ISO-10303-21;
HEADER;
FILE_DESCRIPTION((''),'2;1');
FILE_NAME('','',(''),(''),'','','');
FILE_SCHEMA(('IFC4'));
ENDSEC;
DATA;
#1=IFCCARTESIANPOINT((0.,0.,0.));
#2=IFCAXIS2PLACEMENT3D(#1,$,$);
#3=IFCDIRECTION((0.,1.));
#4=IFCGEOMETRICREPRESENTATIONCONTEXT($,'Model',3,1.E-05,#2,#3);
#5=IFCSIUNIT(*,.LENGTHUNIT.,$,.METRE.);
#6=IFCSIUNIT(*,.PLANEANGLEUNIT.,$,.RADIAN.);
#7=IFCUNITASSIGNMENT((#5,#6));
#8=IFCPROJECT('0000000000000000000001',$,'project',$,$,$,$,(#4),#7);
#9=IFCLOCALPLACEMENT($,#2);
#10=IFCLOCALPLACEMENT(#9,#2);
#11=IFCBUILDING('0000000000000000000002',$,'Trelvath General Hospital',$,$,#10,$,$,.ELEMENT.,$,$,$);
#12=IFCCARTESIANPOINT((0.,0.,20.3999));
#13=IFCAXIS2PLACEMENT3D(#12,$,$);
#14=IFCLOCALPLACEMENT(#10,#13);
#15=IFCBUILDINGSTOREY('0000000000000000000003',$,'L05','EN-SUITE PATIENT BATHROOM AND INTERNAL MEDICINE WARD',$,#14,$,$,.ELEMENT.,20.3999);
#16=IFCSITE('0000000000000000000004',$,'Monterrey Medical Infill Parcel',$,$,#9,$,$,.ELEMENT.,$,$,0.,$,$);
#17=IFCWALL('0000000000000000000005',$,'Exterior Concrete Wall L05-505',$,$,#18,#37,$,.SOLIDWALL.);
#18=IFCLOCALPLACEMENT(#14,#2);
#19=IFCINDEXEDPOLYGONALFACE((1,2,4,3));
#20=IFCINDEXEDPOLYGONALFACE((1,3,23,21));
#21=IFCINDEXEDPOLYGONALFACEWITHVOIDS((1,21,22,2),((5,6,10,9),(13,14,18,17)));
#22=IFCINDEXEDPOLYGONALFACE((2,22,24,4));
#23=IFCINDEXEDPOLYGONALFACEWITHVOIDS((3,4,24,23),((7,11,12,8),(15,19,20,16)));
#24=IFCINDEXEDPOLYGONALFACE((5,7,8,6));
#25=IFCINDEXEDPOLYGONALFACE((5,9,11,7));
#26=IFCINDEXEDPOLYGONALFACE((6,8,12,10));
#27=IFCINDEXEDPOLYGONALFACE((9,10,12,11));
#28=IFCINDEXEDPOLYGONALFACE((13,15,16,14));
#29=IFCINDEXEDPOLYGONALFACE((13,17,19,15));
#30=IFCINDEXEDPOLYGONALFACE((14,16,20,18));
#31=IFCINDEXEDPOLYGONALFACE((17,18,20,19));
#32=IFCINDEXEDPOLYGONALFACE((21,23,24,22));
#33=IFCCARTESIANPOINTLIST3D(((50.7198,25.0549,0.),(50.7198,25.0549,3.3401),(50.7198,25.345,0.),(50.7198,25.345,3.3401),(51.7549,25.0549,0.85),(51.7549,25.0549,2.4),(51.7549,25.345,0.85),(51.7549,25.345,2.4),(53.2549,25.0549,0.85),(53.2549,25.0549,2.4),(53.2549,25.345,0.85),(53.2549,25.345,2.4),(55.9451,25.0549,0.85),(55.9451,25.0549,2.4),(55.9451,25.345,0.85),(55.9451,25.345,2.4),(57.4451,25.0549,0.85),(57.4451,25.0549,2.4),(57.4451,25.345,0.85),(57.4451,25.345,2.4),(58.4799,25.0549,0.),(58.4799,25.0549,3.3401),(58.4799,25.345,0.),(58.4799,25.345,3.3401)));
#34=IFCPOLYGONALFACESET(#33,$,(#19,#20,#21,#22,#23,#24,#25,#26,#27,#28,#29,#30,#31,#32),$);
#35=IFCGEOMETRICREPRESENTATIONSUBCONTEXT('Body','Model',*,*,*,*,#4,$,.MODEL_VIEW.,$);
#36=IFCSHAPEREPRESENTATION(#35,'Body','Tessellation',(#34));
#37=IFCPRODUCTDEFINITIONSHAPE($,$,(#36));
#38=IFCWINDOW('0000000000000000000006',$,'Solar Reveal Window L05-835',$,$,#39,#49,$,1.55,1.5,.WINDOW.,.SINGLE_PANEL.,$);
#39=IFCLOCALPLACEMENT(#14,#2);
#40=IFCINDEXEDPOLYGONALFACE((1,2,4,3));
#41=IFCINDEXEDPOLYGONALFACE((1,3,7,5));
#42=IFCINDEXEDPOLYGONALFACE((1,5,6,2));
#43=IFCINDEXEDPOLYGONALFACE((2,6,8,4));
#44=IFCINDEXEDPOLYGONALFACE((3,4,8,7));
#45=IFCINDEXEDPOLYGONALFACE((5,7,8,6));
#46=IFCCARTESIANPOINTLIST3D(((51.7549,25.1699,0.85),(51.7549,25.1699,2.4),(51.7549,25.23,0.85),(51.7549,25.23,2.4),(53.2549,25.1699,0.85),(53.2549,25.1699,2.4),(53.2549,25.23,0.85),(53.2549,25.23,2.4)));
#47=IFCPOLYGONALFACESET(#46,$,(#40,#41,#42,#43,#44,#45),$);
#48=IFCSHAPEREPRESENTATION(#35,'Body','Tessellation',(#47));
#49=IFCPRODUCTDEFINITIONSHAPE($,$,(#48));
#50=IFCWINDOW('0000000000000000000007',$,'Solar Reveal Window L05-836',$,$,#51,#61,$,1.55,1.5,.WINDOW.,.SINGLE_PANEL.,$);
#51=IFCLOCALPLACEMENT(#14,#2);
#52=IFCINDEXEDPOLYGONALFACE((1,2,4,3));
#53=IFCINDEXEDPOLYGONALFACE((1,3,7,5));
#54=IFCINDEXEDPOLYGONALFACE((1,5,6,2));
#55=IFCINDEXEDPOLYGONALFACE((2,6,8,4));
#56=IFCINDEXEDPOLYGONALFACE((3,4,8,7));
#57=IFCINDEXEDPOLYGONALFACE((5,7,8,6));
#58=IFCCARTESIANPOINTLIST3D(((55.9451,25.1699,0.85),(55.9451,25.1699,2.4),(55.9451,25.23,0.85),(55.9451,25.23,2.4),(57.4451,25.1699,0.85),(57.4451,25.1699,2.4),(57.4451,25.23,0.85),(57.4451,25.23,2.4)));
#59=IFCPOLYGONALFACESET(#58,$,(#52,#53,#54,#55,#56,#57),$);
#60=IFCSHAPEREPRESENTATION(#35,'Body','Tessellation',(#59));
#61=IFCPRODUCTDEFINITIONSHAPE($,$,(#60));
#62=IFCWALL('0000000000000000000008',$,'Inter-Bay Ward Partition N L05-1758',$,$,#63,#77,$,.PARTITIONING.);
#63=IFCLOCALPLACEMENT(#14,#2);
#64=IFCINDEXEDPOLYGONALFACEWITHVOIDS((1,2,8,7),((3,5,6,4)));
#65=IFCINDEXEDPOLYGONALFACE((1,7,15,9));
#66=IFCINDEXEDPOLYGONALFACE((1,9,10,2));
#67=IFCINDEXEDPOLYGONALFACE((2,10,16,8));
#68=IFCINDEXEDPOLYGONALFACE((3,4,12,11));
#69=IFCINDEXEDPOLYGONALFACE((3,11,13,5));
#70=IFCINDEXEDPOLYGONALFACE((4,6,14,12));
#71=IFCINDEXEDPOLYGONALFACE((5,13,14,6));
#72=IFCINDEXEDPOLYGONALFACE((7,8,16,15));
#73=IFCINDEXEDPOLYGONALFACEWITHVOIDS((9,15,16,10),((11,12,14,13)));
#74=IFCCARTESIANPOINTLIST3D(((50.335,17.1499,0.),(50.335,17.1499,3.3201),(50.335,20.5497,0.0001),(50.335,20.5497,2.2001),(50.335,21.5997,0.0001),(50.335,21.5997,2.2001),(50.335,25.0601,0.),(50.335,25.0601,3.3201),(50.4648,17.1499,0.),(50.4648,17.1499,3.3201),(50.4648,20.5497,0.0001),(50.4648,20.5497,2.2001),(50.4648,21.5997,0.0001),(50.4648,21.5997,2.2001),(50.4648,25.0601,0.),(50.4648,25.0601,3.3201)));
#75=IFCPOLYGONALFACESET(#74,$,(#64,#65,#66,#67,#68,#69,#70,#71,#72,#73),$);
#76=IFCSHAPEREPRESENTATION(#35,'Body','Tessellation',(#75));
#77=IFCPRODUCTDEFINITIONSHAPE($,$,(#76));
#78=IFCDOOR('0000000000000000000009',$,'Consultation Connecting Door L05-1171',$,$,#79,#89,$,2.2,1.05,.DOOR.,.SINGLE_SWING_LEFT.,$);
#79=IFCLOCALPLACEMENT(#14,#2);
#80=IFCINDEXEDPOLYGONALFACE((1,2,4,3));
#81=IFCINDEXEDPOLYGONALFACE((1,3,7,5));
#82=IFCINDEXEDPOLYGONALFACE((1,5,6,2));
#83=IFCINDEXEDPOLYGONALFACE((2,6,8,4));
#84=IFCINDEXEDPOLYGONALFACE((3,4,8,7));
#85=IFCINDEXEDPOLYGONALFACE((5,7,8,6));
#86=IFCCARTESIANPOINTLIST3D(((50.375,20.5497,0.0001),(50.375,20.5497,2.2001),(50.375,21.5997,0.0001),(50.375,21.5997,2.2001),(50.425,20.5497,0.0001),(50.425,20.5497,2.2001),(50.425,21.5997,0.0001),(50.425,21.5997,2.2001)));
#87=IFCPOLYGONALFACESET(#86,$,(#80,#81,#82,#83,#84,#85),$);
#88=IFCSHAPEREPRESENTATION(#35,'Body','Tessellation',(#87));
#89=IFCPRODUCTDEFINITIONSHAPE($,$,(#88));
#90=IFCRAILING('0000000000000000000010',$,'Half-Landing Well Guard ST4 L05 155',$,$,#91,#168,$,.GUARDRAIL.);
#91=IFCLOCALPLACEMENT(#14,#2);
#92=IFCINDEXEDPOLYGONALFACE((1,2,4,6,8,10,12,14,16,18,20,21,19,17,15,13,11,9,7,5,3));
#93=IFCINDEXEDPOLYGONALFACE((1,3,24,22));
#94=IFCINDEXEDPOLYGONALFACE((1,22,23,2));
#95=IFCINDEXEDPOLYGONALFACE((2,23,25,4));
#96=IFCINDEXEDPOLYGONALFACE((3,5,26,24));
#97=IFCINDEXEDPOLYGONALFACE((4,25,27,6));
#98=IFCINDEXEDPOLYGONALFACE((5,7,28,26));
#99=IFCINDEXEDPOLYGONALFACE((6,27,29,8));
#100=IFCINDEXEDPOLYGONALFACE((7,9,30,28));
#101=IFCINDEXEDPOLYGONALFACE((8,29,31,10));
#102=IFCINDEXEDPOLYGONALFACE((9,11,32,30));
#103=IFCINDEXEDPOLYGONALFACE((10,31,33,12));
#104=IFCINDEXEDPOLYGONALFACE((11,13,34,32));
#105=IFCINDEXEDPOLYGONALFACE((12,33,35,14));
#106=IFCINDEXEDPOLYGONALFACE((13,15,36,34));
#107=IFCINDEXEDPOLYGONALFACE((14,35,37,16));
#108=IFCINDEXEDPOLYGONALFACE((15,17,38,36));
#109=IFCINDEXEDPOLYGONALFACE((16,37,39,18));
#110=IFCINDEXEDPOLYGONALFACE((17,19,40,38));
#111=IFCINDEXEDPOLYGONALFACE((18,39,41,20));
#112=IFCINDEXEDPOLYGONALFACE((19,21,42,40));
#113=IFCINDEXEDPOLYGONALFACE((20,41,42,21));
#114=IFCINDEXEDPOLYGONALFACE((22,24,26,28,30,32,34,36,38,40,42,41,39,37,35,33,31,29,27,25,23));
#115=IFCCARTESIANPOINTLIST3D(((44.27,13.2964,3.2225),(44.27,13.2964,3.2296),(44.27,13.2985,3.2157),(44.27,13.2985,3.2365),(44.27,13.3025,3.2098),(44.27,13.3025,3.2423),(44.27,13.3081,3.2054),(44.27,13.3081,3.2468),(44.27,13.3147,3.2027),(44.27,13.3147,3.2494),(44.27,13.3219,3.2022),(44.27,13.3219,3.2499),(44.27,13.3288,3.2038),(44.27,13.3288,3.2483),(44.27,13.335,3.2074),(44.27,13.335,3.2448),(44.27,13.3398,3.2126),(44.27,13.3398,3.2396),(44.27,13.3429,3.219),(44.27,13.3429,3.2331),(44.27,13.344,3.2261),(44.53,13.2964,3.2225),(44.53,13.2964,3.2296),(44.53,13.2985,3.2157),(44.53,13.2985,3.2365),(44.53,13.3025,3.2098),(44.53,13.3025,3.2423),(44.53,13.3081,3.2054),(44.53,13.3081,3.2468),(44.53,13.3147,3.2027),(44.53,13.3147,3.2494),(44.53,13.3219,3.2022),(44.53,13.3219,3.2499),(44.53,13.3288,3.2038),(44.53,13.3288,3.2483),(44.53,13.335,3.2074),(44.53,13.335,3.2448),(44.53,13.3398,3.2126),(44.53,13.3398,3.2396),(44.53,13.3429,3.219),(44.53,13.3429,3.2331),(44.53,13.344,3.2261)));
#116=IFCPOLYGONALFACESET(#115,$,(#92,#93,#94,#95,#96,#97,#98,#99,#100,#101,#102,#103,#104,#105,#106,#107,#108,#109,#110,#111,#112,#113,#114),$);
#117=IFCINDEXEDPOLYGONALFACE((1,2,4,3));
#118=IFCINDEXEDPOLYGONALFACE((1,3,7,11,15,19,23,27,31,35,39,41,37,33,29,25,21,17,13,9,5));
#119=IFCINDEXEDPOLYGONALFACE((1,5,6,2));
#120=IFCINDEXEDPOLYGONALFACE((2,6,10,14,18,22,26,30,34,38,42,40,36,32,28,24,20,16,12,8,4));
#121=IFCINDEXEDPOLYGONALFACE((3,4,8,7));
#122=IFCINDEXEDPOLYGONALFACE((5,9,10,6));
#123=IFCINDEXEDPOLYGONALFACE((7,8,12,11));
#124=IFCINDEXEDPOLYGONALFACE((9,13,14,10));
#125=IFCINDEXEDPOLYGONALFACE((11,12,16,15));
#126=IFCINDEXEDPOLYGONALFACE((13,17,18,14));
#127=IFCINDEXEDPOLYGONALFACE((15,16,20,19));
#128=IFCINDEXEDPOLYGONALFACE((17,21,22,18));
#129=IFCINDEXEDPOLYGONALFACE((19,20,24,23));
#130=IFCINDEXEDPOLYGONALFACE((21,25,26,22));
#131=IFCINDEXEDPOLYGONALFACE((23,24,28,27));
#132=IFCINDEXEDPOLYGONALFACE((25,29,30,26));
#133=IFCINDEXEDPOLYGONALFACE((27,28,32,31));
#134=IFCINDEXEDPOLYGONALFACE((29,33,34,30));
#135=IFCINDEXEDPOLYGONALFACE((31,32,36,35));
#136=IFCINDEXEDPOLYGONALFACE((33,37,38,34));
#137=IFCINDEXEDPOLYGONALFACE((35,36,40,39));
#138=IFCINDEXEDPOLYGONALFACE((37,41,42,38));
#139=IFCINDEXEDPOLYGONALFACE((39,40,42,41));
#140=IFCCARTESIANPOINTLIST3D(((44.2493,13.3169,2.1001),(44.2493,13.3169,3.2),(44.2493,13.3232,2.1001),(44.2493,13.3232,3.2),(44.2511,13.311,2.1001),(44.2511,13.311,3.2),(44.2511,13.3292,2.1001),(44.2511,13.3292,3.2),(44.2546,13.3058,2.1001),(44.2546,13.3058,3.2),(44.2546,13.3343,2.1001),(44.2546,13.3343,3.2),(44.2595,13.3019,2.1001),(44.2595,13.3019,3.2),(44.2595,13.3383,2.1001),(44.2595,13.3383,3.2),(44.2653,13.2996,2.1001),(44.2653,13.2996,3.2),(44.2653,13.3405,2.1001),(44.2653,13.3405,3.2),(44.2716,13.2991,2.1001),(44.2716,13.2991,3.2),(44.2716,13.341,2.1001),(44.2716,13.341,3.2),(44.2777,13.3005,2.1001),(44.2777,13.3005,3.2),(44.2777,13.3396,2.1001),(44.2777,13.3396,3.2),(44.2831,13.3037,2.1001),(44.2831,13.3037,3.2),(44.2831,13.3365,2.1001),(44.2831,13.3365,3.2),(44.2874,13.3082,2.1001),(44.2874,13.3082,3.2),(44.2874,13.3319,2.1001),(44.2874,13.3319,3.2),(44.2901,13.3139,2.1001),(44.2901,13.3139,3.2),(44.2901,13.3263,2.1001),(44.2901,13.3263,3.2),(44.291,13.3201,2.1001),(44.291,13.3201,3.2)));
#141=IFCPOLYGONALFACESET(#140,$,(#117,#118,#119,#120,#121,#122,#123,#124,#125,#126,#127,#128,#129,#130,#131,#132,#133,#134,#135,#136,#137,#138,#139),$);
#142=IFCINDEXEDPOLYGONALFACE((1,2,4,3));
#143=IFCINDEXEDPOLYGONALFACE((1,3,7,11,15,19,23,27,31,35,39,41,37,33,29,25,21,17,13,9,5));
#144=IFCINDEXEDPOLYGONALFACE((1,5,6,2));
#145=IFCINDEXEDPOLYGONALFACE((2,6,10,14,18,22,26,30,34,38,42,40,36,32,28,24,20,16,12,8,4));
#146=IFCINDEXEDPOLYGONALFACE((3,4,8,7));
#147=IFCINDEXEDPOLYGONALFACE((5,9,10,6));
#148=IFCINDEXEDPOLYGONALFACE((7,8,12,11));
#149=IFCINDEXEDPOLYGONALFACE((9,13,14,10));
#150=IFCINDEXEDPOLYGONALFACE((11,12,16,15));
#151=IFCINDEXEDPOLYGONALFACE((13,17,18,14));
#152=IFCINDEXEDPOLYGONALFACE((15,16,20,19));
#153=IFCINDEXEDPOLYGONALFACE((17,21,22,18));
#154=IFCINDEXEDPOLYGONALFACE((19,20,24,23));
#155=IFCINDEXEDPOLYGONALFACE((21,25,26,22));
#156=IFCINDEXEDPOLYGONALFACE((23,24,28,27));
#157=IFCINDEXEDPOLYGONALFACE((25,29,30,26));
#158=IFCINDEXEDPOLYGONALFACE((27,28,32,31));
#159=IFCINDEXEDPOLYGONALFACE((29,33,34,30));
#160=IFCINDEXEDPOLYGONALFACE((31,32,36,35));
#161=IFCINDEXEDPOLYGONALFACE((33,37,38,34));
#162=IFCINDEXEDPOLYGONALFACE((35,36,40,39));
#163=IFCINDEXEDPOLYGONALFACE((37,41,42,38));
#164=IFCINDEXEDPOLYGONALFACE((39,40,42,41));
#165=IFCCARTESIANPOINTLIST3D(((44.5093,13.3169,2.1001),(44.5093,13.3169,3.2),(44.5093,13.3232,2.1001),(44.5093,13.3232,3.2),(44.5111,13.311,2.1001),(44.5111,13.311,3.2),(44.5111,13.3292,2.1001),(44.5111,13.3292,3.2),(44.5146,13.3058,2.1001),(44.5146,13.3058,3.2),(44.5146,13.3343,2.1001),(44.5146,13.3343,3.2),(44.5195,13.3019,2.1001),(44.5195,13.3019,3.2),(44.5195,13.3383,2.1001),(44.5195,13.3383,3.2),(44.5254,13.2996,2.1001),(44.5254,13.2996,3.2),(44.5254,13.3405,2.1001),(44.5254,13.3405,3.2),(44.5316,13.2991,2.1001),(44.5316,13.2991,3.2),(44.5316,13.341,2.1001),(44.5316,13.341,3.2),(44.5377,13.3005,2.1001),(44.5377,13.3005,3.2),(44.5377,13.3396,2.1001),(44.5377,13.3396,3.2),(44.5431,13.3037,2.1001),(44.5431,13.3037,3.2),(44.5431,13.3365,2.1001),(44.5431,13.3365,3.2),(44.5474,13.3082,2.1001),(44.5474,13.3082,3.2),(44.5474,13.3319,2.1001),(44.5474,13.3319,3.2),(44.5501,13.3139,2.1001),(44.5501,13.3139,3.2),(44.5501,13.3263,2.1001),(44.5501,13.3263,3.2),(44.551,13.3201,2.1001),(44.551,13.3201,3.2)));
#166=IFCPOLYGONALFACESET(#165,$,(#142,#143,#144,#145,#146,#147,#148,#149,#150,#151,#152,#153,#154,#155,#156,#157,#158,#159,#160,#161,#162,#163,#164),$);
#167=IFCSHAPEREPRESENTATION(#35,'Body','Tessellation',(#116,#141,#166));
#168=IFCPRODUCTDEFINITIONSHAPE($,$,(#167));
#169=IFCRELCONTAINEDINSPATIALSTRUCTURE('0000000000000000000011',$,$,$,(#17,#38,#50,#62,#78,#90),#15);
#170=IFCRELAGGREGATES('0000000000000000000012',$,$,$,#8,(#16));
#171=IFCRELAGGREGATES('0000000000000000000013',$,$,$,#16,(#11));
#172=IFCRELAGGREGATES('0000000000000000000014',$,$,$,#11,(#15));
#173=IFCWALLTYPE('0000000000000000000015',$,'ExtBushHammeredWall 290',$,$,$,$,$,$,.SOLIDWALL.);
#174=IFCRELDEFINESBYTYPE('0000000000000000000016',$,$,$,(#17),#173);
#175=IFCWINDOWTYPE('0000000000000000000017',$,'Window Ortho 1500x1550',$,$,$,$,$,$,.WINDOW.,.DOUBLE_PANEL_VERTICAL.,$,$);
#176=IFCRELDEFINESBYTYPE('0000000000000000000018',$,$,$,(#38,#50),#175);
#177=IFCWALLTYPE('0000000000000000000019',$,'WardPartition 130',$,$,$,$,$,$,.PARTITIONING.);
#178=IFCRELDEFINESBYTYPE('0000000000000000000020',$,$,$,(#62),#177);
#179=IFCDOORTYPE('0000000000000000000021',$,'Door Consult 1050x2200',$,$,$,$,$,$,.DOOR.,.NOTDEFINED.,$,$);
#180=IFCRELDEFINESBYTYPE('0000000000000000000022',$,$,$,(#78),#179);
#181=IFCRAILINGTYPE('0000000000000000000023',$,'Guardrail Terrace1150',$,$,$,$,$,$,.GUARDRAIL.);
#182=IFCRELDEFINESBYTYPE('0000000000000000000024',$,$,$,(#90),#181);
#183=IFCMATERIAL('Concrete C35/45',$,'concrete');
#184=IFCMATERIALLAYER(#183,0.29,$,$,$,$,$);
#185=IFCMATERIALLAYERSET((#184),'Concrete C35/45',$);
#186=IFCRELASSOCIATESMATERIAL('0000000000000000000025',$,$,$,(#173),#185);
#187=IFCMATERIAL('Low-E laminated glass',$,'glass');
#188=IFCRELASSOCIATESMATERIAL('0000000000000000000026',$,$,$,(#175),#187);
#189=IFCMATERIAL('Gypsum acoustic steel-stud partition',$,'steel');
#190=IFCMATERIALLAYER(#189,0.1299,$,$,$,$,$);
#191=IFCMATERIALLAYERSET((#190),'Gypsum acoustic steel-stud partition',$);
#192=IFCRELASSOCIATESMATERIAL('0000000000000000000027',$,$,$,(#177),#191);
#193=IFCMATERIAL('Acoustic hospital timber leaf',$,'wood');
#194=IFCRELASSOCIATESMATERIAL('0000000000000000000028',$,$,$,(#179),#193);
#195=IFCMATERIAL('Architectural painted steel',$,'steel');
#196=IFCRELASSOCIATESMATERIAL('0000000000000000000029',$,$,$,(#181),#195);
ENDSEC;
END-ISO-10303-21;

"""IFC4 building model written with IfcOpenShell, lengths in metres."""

from ifc_helpers import new_model, si_unit, direction, frame, frame_2d, origin, origin_2d, place, context, subcontext, project, spatial, rectangle, circle, extrude, material, layer, layer_set, type_object, element, fill, save


model = new_model("IFC4")

# Units and contexts
model_context = context("Model", 3, precision=1e-05, world=origin(), true_north=direction((0.0, 1.0)))
body_context = subcontext(model_context, "Body", "Model", "MODEL_VIEW")
ifc_project = project(units=[si_unit("LENGTHUNIT", "METRE"), si_unit("PLANEANGLEUNIT", "RADIAN")], contexts=[model_context])

# Site, building, storey
site_placement = place(None, origin())
site = spatial("IfcSite", under=ifc_project, at=site_placement, Name="Monterrey Medical Infill Parcel", CompositionType="ELEMENT", RefElevation=0.0)
building_placement = place(site_placement, origin())
building = spatial("IfcBuilding", under=site, at=building_placement, Name="Trelvath General Hospital", CompositionType="ELEMENT")
storey_placement = place(building_placement, frame((0.0, 0.0, 20.3999)))
storey = spatial("IfcBuildingStorey", under=building, at=storey_placement, Name="L05", Description="EN-SUITE PATIENT BATHROOM AND INTERNAL MEDICINE WARD", CompositionType="ELEMENT", Elevation=20.3999)

# Wall, openings, windows
ifc_material_1 = material(Name="Concrete C35/45", Category="concrete")
ifc_layer_1 = layer(ifc_material_1, 0.29)
ifc_layer_set_1 = layer_set([ifc_layer_1], Name="Concrete C35/45")
wall_type_1 = type_object("IfcWallType", Name="ExtBushHammeredWall 290", PredefinedType="SOLIDWALL", material=ifc_layer_set_1)
wall_1_placement = place(storey_placement, frame((50.72, 25.2, 0.0), z_axis=(0.0, 0.0, 1.0), x_axis=(1.0, 0.0, 0.0)))
wall_1 = element("IfcWall", 1, at=wall_1_placement, inside=storey, type_object=wall_type_1, Name="Exterior Concrete Wall L05-505", PredefinedType="SOLIDWALL", context=body_context, shape_type="SweptSolid", body=[
    extrude(rectangle(XDim=7.76, YDim=0.29, at=frame_2d((3.8799, 0.0))), origin(), (0.0, 0.0, 1.0), 3.3401),
])
opening_1_placement = place(wall_1_placement, frame((1.0349, 0.0, 0.8501)))
opening_1 = element("IfcOpeningElement", 2, at=opening_1_placement, cuts=wall_1, PredefinedType="OPENING", context=body_context, shape_type="SweptSolid", body=[
    extrude(rectangle(XDim=1.5, YDim=1.55, at=frame_2d((0.75, 0.7749))), frame((0.0, 0.155, 0.0), z_axis=(0.0, -1.0, 0.0), x_axis=(1.0, 0.0, 0.0)), (0.0, 0.0, 1.0), 0.3101),
])
opening_2_placement = place(wall_1_placement, frame((5.2251, 0.0, 0.8501)))
opening_2 = element("IfcOpeningElement", 3, at=opening_2_placement, cuts=wall_1, PredefinedType="OPENING", context=body_context, shape_type="SweptSolid", body=[
    extrude(rectangle(XDim=1.5, YDim=1.55, at=frame_2d((0.75, 0.7749))), frame((0.0, 0.155, 0.0), z_axis=(0.0, -1.0, 0.0), x_axis=(1.0, 0.0, 0.0)), (0.0, 0.0, 1.0), 0.3101),
])
ifc_material_2 = material(Name="Low-E laminated glass", Category="glass")
window_type = type_object("IfcWindowType", Name="Window Ortho 1500x1550", PartitioningType="DOUBLE_PANEL_VERTICAL", PredefinedType="WINDOW", material=ifc_material_2)
window_1_placement = place(opening_1_placement, origin())
window_1 = element("IfcWindow", 4, at=window_1_placement, inside=storey, type_object=window_type, Name="Solar Reveal Window L05-835", OverallHeight=1.55, OverallWidth=1.5, PartitioningType="SINGLE_PANEL", PredefinedType="WINDOW", context=body_context, shape_type="SweptSolid", body=[
    extrude(rectangle(XDim=1.5, YDim=1.55, at=frame_2d((0.75, 0.7749))), frame((0.0, 0.03, 0.0), z_axis=(0.0, -1.0, 0.0), x_axis=(1.0, 0.0, 0.0)), (0.0, 0.0, 1.0), 0.0601),
])
fill(opening_1, window_1)
window_2_placement = place(opening_2_placement, origin())
window_2 = element("IfcWindow", 5, at=window_2_placement, inside=storey, type_object=window_type, Name="Solar Reveal Window L05-836", OverallHeight=1.55, OverallWidth=1.5, PartitioningType="SINGLE_PANEL", PredefinedType="WINDOW", context=body_context, shape_type="SweptSolid", body=[
    extrude(rectangle(XDim=1.5, YDim=1.55, at=frame_2d((0.75, 0.7749))), frame((0.0, 0.03, 0.0), z_axis=(0.0, -1.0, 0.0), x_axis=(1.0, 0.0, 0.0)), (0.0, 0.0, 1.0), 0.0601),
])
fill(opening_2, window_2)

# Wall, opening, door
ifc_material_3 = material(Name="Gypsum acoustic steel-stud partition", Category="steel")
ifc_layer_2 = layer(ifc_material_3, 0.1299)
ifc_layer_set_2 = layer_set([ifc_layer_2], Name="Gypsum acoustic steel-stud partition")
wall_type_2 = type_object("IfcWallType", Name="WardPartition 130", PredefinedType="PARTITIONING", material=ifc_layer_set_2)
wall_2_placement = place(storey_placement, frame((50.3999, 17.1499, 0.0), z_axis=(0.0, 0.0, 1.0), x_axis=(0.0, 1.0, 0.0)))
wall_2 = element("IfcWall", 6, at=wall_2_placement, inside=storey, type_object=wall_type_2, Name="Inter-Bay Ward Partition N L05-1758", PredefinedType="PARTITIONING", context=body_context, shape_type="SweptSolid", body=[
    extrude(rectangle(XDim=7.9102, YDim=0.1299, at=frame_2d((3.9551, 0.0))), origin(), (0.0, 0.0, 1.0), 3.3201),
])
opening_3_placement = place(wall_2_placement, frame((3.3999, 0.0, 0.0)))
opening_3 = element("IfcOpeningElement", 7, at=opening_3_placement, cuts=wall_2, PredefinedType="OPENING", context=body_context, shape_type="SweptSolid", body=[
    extrude(rectangle(XDim=1.05, YDim=2.2, at=frame_2d((0.5249, 1.1001))), frame((0.0, 0.075, 0.0), z_axis=(0.0, -1.0, 0.0), x_axis=(1.0, 0.0, 0.0)), (0.0, 0.0, 1.0), 0.1499),
])
ifc_material_4 = material(Name="Acoustic hospital timber leaf", Category="wood")
door_type_1 = type_object("IfcDoorType", Name="Door Consult 1050x2200", OperationType="NOTDEFINED", PredefinedType="DOOR", material=ifc_material_4)
door_1_placement = place(opening_3_placement, origin())
door_1 = element("IfcDoor", 8, at=door_1_placement, inside=storey, type_object=door_type_1, Name="Consultation Connecting Door L05-1171", OperationType="SINGLE_SWING_LEFT", OverallHeight=2.2, OverallWidth=1.05, PredefinedType="DOOR", context=body_context, shape_type="SweptSolid", body=[
    extrude(rectangle(XDim=1.05, YDim=2.2, at=frame_2d((0.5249, 1.1001))), frame((0.0, 0.0249, 0.0), z_axis=(0.0, -1.0, 0.0), x_axis=(1.0, 0.0, 0.0)), (0.0, 0.0, 1.0), 0.05),
])
fill(opening_3, door_1)

# Railing
ifc_material_5 = material(Name="Architectural painted steel", Category="steel")
railing_type_1 = type_object("IfcRailingType", Name="Guardrail Terrace1150", PredefinedType="GUARDRAIL", material=ifc_material_5)
railing_1_placement = place(storey_placement, frame((44.27, 13.3201, 2.1001)))
element("IfcRailing", 9, at=railing_1_placement, inside=storey, type_object=railing_type_1, Name="Half-Landing Well Guard ST4 L05 155", PredefinedType="GUARDRAIL", context=body_context, shape_type="SweptSolid", body=[
    extrude(circle(Radius=0.0239, at=origin_2d()), frame((0.0, 0.0, 1.126), z_axis=(1.0, 0.0, 0.0), x_axis=(0.0, 1.0, 0.0)), (0.0, 0.0, 1.0), 0.26),
    extrude(circle(Radius=0.021, at=origin_2d()), origin(), (0.0, 0.0, 1.0), 1.0999),
    extrude(circle(Radius=0.021, at=origin_2d()), frame((0.26, 0.0, 0.0)), (0.0, 0.0, 1.0), 1.0999),
])

save(model, "model.ifc")
